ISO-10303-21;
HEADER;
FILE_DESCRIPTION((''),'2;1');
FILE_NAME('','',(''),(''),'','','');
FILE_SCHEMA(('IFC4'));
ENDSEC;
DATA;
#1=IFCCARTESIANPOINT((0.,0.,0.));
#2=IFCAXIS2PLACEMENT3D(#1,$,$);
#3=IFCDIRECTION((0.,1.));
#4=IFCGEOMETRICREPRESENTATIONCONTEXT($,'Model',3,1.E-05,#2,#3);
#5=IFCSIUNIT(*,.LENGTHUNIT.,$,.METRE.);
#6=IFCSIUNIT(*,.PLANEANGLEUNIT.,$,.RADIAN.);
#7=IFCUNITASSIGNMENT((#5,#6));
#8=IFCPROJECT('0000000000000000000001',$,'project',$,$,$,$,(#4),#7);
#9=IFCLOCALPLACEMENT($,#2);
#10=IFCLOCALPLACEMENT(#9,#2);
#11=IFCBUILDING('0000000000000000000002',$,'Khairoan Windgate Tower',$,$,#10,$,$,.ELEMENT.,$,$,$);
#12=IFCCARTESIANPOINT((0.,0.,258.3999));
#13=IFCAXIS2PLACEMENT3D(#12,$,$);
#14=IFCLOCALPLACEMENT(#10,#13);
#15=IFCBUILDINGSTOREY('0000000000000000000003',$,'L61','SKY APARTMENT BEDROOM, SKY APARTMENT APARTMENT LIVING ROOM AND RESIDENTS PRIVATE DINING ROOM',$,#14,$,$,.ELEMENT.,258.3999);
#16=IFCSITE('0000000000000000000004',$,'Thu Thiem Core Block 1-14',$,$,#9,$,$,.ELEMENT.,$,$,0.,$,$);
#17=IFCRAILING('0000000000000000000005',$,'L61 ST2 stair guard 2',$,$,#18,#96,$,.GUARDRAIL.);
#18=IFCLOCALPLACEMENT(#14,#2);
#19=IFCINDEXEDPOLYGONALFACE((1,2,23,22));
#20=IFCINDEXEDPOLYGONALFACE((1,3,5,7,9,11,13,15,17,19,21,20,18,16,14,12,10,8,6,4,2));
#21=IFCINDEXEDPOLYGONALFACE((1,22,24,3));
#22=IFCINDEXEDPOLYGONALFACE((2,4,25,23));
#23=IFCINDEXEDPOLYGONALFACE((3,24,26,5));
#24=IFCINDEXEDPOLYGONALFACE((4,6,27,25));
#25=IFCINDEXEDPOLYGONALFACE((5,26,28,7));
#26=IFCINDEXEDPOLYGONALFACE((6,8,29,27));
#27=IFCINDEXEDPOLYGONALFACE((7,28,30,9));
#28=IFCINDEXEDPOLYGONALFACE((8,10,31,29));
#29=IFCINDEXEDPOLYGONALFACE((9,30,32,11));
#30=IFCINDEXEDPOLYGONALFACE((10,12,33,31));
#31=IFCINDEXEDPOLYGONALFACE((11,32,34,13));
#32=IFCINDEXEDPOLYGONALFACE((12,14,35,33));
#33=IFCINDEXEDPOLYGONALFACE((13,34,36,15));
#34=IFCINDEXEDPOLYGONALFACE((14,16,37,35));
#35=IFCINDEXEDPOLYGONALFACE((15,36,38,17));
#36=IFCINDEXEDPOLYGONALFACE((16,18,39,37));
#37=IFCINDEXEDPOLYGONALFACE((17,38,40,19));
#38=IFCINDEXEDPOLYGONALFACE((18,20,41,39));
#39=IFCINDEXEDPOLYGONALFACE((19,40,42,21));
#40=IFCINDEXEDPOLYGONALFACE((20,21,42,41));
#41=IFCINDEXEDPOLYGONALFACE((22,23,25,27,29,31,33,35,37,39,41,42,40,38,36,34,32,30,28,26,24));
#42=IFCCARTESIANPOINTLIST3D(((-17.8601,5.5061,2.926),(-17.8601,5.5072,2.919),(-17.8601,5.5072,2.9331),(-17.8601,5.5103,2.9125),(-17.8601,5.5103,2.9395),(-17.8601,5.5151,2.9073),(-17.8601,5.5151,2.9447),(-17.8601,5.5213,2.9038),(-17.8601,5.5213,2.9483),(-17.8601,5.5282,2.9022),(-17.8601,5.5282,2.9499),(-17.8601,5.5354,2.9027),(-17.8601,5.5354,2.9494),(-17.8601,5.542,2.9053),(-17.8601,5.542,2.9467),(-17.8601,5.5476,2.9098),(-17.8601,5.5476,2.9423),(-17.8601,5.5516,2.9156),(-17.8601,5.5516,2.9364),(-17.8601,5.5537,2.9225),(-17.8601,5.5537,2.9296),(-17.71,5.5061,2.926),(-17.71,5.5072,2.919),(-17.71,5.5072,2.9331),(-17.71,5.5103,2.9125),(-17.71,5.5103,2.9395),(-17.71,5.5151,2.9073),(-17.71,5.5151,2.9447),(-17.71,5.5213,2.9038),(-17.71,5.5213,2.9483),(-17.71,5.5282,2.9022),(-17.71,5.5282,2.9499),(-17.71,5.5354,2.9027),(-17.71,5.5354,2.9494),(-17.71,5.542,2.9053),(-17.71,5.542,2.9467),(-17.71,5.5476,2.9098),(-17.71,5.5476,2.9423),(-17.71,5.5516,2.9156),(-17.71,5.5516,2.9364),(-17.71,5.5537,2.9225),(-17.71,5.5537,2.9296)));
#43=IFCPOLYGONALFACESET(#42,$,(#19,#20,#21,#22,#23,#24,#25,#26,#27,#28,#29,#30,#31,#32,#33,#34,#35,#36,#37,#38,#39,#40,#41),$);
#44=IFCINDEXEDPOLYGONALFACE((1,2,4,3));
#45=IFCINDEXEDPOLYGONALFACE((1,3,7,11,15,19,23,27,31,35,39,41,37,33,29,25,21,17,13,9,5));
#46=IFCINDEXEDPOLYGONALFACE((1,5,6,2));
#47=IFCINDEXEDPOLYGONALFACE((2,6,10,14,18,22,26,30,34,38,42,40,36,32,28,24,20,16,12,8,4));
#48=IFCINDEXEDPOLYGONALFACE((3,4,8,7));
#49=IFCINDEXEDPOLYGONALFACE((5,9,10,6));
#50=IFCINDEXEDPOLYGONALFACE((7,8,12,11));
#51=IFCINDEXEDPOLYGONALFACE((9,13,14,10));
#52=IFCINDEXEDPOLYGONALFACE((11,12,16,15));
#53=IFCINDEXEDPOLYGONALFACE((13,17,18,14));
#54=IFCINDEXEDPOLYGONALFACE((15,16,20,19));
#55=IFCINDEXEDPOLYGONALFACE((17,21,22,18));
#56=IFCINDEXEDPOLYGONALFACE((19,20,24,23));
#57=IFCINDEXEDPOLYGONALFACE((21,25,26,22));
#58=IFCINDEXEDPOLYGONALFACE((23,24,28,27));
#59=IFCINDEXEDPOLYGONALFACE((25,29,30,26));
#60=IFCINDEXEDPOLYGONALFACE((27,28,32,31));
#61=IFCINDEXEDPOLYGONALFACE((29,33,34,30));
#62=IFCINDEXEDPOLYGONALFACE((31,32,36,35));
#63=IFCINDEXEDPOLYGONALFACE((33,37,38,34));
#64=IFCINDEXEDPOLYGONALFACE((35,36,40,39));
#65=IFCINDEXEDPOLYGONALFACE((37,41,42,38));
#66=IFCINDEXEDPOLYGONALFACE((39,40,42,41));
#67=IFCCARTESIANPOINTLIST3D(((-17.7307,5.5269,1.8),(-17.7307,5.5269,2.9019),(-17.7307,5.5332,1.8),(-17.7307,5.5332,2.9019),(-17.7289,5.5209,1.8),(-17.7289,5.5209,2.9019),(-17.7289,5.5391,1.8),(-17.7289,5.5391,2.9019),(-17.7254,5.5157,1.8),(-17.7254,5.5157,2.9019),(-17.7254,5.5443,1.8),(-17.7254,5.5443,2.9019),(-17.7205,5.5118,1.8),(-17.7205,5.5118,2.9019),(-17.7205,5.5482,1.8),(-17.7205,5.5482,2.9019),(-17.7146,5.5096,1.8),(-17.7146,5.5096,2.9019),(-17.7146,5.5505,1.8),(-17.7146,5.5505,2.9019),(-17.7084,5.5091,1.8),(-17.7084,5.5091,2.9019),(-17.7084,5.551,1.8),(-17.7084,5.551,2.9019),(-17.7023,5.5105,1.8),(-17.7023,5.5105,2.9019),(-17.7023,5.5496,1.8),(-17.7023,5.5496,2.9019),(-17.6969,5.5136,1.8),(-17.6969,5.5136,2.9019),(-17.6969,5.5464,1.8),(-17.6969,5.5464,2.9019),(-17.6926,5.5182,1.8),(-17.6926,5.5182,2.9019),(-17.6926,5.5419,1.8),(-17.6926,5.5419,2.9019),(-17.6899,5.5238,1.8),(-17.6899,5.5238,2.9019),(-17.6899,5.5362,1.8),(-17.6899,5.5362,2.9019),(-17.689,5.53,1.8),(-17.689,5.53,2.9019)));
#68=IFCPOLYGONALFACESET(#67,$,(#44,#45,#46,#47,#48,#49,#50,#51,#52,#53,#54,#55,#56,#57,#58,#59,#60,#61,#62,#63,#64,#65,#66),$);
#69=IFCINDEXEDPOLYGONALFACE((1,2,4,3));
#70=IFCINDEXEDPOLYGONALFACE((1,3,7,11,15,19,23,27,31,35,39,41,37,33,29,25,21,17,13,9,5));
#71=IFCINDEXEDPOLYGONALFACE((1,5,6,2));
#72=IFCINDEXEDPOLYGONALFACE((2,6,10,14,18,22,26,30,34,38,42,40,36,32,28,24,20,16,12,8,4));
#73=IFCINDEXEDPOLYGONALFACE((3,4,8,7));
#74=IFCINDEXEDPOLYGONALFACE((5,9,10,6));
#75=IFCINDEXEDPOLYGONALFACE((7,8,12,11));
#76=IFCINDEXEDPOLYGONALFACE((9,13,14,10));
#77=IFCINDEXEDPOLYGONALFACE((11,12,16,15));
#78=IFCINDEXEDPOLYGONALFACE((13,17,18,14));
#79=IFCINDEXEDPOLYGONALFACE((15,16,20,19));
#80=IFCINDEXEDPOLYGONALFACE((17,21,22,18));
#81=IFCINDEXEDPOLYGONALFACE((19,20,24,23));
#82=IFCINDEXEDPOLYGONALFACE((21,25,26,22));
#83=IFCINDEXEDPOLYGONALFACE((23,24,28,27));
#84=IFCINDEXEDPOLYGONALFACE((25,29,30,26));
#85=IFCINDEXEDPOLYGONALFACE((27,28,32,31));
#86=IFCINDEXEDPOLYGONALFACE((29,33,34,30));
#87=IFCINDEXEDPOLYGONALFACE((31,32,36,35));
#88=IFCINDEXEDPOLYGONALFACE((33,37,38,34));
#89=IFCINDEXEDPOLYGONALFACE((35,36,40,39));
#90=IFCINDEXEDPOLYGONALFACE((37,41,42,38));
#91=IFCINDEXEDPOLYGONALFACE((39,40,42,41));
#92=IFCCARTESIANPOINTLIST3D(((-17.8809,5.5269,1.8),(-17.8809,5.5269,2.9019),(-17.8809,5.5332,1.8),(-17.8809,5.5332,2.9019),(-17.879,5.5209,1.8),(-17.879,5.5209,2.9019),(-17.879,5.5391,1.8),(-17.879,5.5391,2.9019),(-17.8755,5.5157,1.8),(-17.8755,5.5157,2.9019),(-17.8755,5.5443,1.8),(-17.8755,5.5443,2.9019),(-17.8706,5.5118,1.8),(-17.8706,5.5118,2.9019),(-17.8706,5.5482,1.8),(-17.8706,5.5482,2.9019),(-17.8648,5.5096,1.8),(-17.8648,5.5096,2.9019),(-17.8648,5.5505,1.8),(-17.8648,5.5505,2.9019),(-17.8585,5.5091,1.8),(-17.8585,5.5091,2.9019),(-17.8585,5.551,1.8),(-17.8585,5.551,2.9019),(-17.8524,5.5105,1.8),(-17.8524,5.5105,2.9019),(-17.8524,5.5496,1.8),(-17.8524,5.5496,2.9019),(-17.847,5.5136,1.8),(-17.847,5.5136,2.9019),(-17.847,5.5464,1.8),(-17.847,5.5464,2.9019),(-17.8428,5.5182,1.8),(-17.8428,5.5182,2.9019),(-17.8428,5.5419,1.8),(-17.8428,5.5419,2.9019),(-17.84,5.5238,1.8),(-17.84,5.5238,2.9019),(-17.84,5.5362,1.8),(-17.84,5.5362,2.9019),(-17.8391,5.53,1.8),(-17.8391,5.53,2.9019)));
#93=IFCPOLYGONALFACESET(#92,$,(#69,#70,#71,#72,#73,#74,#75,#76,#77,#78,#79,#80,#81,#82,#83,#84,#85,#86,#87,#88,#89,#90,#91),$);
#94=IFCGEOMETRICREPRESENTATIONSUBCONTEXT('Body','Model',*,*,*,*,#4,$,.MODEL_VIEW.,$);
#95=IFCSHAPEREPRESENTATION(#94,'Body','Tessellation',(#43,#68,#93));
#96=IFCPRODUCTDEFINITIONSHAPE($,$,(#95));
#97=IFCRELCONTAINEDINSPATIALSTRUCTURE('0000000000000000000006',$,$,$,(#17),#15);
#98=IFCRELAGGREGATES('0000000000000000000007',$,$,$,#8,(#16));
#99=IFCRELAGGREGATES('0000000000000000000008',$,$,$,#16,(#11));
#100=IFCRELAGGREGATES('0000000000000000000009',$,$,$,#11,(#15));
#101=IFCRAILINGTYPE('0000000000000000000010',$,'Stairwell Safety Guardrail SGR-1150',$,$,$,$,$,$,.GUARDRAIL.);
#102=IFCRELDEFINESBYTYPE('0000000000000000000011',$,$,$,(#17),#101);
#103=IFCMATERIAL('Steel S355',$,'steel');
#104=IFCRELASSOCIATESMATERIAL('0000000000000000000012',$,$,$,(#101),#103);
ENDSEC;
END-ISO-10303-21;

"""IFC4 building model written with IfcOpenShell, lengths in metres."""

from ifc_helpers import new_model, si_unit, direction, frame, origin, origin_2d, place, context, subcontext, project, spatial, circle, extrude, material, type_object, element, save


model = new_model("IFC4")

# Units and contexts
model_context = context("Model", 3, precision=1e-05, world=origin(), true_north=direction((0.0, 1.0)))
body_context = subcontext(model_context, "Body", "Model", "MODEL_VIEW")
ifc_project = project(units=[si_unit("LENGTHUNIT", "METRE"), si_unit("PLANEANGLEUNIT", "RADIAN")], contexts=[model_context])

# Site, building, storey
site_placement = place(None, origin())
site = spatial("IfcSite", under=ifc_project, at=site_placement, Name="Thu Thiem Core Block 1-14", CompositionType="ELEMENT", RefElevation=0.0)
building_placement = place(site_placement, origin())
building = spatial("IfcBuilding", under=site, at=building_placement, Name="Khairoan Windgate Tower", CompositionType="ELEMENT")
storey_placement = place(building_placement, frame((0.0, 0.0, 258.3999)))
storey = spatial("IfcBuildingStorey", under=building, at=storey_placement, Name="L61", Description="SKY APARTMENT BEDROOM, SKY APARTMENT APARTMENT LIVING ROOM AND RESIDENTS PRIVATE DINING ROOM", CompositionType="ELEMENT", Elevation=258.3999)

# Railing
ifc_material_1 = material(Name="Steel S355", Category="steel")
railing_type_1 = type_object("IfcRailingType", Name="Stairwell Safety Guardrail SGR-1150", PredefinedType="GUARDRAIL", material=ifc_material_1)
railing_1_placement = place(storey_placement, frame((-17.71, 5.53, 1.8)))
element("IfcRailing", 1, at=railing_1_placement, inside=storey, type_object=railing_type_1, Name="L61 ST2 stair guard 2", PredefinedType="GUARDRAIL", context=body_context, shape_type="SweptSolid", body=[
    extrude(circle(Radius=0.0239, at=origin_2d()), frame((0.0, 0.0, 1.126), z_axis=(-1.0, 0.0, 0.0), x_axis=(0.0, -1.0, 0.0)), (0.0, 0.0, 1.0), 0.1501),
    extrude(circle(Radius=0.021, at=origin_2d()), origin(), (0.0, 0.0, 1.0), 1.1018),
    extrude(circle(Radius=0.021, at=origin_2d()), frame((-0.1501, 0.0, 0.0)), (0.0, 0.0, 1.0), 1.1018),
])

save(model, "model.ifc")
